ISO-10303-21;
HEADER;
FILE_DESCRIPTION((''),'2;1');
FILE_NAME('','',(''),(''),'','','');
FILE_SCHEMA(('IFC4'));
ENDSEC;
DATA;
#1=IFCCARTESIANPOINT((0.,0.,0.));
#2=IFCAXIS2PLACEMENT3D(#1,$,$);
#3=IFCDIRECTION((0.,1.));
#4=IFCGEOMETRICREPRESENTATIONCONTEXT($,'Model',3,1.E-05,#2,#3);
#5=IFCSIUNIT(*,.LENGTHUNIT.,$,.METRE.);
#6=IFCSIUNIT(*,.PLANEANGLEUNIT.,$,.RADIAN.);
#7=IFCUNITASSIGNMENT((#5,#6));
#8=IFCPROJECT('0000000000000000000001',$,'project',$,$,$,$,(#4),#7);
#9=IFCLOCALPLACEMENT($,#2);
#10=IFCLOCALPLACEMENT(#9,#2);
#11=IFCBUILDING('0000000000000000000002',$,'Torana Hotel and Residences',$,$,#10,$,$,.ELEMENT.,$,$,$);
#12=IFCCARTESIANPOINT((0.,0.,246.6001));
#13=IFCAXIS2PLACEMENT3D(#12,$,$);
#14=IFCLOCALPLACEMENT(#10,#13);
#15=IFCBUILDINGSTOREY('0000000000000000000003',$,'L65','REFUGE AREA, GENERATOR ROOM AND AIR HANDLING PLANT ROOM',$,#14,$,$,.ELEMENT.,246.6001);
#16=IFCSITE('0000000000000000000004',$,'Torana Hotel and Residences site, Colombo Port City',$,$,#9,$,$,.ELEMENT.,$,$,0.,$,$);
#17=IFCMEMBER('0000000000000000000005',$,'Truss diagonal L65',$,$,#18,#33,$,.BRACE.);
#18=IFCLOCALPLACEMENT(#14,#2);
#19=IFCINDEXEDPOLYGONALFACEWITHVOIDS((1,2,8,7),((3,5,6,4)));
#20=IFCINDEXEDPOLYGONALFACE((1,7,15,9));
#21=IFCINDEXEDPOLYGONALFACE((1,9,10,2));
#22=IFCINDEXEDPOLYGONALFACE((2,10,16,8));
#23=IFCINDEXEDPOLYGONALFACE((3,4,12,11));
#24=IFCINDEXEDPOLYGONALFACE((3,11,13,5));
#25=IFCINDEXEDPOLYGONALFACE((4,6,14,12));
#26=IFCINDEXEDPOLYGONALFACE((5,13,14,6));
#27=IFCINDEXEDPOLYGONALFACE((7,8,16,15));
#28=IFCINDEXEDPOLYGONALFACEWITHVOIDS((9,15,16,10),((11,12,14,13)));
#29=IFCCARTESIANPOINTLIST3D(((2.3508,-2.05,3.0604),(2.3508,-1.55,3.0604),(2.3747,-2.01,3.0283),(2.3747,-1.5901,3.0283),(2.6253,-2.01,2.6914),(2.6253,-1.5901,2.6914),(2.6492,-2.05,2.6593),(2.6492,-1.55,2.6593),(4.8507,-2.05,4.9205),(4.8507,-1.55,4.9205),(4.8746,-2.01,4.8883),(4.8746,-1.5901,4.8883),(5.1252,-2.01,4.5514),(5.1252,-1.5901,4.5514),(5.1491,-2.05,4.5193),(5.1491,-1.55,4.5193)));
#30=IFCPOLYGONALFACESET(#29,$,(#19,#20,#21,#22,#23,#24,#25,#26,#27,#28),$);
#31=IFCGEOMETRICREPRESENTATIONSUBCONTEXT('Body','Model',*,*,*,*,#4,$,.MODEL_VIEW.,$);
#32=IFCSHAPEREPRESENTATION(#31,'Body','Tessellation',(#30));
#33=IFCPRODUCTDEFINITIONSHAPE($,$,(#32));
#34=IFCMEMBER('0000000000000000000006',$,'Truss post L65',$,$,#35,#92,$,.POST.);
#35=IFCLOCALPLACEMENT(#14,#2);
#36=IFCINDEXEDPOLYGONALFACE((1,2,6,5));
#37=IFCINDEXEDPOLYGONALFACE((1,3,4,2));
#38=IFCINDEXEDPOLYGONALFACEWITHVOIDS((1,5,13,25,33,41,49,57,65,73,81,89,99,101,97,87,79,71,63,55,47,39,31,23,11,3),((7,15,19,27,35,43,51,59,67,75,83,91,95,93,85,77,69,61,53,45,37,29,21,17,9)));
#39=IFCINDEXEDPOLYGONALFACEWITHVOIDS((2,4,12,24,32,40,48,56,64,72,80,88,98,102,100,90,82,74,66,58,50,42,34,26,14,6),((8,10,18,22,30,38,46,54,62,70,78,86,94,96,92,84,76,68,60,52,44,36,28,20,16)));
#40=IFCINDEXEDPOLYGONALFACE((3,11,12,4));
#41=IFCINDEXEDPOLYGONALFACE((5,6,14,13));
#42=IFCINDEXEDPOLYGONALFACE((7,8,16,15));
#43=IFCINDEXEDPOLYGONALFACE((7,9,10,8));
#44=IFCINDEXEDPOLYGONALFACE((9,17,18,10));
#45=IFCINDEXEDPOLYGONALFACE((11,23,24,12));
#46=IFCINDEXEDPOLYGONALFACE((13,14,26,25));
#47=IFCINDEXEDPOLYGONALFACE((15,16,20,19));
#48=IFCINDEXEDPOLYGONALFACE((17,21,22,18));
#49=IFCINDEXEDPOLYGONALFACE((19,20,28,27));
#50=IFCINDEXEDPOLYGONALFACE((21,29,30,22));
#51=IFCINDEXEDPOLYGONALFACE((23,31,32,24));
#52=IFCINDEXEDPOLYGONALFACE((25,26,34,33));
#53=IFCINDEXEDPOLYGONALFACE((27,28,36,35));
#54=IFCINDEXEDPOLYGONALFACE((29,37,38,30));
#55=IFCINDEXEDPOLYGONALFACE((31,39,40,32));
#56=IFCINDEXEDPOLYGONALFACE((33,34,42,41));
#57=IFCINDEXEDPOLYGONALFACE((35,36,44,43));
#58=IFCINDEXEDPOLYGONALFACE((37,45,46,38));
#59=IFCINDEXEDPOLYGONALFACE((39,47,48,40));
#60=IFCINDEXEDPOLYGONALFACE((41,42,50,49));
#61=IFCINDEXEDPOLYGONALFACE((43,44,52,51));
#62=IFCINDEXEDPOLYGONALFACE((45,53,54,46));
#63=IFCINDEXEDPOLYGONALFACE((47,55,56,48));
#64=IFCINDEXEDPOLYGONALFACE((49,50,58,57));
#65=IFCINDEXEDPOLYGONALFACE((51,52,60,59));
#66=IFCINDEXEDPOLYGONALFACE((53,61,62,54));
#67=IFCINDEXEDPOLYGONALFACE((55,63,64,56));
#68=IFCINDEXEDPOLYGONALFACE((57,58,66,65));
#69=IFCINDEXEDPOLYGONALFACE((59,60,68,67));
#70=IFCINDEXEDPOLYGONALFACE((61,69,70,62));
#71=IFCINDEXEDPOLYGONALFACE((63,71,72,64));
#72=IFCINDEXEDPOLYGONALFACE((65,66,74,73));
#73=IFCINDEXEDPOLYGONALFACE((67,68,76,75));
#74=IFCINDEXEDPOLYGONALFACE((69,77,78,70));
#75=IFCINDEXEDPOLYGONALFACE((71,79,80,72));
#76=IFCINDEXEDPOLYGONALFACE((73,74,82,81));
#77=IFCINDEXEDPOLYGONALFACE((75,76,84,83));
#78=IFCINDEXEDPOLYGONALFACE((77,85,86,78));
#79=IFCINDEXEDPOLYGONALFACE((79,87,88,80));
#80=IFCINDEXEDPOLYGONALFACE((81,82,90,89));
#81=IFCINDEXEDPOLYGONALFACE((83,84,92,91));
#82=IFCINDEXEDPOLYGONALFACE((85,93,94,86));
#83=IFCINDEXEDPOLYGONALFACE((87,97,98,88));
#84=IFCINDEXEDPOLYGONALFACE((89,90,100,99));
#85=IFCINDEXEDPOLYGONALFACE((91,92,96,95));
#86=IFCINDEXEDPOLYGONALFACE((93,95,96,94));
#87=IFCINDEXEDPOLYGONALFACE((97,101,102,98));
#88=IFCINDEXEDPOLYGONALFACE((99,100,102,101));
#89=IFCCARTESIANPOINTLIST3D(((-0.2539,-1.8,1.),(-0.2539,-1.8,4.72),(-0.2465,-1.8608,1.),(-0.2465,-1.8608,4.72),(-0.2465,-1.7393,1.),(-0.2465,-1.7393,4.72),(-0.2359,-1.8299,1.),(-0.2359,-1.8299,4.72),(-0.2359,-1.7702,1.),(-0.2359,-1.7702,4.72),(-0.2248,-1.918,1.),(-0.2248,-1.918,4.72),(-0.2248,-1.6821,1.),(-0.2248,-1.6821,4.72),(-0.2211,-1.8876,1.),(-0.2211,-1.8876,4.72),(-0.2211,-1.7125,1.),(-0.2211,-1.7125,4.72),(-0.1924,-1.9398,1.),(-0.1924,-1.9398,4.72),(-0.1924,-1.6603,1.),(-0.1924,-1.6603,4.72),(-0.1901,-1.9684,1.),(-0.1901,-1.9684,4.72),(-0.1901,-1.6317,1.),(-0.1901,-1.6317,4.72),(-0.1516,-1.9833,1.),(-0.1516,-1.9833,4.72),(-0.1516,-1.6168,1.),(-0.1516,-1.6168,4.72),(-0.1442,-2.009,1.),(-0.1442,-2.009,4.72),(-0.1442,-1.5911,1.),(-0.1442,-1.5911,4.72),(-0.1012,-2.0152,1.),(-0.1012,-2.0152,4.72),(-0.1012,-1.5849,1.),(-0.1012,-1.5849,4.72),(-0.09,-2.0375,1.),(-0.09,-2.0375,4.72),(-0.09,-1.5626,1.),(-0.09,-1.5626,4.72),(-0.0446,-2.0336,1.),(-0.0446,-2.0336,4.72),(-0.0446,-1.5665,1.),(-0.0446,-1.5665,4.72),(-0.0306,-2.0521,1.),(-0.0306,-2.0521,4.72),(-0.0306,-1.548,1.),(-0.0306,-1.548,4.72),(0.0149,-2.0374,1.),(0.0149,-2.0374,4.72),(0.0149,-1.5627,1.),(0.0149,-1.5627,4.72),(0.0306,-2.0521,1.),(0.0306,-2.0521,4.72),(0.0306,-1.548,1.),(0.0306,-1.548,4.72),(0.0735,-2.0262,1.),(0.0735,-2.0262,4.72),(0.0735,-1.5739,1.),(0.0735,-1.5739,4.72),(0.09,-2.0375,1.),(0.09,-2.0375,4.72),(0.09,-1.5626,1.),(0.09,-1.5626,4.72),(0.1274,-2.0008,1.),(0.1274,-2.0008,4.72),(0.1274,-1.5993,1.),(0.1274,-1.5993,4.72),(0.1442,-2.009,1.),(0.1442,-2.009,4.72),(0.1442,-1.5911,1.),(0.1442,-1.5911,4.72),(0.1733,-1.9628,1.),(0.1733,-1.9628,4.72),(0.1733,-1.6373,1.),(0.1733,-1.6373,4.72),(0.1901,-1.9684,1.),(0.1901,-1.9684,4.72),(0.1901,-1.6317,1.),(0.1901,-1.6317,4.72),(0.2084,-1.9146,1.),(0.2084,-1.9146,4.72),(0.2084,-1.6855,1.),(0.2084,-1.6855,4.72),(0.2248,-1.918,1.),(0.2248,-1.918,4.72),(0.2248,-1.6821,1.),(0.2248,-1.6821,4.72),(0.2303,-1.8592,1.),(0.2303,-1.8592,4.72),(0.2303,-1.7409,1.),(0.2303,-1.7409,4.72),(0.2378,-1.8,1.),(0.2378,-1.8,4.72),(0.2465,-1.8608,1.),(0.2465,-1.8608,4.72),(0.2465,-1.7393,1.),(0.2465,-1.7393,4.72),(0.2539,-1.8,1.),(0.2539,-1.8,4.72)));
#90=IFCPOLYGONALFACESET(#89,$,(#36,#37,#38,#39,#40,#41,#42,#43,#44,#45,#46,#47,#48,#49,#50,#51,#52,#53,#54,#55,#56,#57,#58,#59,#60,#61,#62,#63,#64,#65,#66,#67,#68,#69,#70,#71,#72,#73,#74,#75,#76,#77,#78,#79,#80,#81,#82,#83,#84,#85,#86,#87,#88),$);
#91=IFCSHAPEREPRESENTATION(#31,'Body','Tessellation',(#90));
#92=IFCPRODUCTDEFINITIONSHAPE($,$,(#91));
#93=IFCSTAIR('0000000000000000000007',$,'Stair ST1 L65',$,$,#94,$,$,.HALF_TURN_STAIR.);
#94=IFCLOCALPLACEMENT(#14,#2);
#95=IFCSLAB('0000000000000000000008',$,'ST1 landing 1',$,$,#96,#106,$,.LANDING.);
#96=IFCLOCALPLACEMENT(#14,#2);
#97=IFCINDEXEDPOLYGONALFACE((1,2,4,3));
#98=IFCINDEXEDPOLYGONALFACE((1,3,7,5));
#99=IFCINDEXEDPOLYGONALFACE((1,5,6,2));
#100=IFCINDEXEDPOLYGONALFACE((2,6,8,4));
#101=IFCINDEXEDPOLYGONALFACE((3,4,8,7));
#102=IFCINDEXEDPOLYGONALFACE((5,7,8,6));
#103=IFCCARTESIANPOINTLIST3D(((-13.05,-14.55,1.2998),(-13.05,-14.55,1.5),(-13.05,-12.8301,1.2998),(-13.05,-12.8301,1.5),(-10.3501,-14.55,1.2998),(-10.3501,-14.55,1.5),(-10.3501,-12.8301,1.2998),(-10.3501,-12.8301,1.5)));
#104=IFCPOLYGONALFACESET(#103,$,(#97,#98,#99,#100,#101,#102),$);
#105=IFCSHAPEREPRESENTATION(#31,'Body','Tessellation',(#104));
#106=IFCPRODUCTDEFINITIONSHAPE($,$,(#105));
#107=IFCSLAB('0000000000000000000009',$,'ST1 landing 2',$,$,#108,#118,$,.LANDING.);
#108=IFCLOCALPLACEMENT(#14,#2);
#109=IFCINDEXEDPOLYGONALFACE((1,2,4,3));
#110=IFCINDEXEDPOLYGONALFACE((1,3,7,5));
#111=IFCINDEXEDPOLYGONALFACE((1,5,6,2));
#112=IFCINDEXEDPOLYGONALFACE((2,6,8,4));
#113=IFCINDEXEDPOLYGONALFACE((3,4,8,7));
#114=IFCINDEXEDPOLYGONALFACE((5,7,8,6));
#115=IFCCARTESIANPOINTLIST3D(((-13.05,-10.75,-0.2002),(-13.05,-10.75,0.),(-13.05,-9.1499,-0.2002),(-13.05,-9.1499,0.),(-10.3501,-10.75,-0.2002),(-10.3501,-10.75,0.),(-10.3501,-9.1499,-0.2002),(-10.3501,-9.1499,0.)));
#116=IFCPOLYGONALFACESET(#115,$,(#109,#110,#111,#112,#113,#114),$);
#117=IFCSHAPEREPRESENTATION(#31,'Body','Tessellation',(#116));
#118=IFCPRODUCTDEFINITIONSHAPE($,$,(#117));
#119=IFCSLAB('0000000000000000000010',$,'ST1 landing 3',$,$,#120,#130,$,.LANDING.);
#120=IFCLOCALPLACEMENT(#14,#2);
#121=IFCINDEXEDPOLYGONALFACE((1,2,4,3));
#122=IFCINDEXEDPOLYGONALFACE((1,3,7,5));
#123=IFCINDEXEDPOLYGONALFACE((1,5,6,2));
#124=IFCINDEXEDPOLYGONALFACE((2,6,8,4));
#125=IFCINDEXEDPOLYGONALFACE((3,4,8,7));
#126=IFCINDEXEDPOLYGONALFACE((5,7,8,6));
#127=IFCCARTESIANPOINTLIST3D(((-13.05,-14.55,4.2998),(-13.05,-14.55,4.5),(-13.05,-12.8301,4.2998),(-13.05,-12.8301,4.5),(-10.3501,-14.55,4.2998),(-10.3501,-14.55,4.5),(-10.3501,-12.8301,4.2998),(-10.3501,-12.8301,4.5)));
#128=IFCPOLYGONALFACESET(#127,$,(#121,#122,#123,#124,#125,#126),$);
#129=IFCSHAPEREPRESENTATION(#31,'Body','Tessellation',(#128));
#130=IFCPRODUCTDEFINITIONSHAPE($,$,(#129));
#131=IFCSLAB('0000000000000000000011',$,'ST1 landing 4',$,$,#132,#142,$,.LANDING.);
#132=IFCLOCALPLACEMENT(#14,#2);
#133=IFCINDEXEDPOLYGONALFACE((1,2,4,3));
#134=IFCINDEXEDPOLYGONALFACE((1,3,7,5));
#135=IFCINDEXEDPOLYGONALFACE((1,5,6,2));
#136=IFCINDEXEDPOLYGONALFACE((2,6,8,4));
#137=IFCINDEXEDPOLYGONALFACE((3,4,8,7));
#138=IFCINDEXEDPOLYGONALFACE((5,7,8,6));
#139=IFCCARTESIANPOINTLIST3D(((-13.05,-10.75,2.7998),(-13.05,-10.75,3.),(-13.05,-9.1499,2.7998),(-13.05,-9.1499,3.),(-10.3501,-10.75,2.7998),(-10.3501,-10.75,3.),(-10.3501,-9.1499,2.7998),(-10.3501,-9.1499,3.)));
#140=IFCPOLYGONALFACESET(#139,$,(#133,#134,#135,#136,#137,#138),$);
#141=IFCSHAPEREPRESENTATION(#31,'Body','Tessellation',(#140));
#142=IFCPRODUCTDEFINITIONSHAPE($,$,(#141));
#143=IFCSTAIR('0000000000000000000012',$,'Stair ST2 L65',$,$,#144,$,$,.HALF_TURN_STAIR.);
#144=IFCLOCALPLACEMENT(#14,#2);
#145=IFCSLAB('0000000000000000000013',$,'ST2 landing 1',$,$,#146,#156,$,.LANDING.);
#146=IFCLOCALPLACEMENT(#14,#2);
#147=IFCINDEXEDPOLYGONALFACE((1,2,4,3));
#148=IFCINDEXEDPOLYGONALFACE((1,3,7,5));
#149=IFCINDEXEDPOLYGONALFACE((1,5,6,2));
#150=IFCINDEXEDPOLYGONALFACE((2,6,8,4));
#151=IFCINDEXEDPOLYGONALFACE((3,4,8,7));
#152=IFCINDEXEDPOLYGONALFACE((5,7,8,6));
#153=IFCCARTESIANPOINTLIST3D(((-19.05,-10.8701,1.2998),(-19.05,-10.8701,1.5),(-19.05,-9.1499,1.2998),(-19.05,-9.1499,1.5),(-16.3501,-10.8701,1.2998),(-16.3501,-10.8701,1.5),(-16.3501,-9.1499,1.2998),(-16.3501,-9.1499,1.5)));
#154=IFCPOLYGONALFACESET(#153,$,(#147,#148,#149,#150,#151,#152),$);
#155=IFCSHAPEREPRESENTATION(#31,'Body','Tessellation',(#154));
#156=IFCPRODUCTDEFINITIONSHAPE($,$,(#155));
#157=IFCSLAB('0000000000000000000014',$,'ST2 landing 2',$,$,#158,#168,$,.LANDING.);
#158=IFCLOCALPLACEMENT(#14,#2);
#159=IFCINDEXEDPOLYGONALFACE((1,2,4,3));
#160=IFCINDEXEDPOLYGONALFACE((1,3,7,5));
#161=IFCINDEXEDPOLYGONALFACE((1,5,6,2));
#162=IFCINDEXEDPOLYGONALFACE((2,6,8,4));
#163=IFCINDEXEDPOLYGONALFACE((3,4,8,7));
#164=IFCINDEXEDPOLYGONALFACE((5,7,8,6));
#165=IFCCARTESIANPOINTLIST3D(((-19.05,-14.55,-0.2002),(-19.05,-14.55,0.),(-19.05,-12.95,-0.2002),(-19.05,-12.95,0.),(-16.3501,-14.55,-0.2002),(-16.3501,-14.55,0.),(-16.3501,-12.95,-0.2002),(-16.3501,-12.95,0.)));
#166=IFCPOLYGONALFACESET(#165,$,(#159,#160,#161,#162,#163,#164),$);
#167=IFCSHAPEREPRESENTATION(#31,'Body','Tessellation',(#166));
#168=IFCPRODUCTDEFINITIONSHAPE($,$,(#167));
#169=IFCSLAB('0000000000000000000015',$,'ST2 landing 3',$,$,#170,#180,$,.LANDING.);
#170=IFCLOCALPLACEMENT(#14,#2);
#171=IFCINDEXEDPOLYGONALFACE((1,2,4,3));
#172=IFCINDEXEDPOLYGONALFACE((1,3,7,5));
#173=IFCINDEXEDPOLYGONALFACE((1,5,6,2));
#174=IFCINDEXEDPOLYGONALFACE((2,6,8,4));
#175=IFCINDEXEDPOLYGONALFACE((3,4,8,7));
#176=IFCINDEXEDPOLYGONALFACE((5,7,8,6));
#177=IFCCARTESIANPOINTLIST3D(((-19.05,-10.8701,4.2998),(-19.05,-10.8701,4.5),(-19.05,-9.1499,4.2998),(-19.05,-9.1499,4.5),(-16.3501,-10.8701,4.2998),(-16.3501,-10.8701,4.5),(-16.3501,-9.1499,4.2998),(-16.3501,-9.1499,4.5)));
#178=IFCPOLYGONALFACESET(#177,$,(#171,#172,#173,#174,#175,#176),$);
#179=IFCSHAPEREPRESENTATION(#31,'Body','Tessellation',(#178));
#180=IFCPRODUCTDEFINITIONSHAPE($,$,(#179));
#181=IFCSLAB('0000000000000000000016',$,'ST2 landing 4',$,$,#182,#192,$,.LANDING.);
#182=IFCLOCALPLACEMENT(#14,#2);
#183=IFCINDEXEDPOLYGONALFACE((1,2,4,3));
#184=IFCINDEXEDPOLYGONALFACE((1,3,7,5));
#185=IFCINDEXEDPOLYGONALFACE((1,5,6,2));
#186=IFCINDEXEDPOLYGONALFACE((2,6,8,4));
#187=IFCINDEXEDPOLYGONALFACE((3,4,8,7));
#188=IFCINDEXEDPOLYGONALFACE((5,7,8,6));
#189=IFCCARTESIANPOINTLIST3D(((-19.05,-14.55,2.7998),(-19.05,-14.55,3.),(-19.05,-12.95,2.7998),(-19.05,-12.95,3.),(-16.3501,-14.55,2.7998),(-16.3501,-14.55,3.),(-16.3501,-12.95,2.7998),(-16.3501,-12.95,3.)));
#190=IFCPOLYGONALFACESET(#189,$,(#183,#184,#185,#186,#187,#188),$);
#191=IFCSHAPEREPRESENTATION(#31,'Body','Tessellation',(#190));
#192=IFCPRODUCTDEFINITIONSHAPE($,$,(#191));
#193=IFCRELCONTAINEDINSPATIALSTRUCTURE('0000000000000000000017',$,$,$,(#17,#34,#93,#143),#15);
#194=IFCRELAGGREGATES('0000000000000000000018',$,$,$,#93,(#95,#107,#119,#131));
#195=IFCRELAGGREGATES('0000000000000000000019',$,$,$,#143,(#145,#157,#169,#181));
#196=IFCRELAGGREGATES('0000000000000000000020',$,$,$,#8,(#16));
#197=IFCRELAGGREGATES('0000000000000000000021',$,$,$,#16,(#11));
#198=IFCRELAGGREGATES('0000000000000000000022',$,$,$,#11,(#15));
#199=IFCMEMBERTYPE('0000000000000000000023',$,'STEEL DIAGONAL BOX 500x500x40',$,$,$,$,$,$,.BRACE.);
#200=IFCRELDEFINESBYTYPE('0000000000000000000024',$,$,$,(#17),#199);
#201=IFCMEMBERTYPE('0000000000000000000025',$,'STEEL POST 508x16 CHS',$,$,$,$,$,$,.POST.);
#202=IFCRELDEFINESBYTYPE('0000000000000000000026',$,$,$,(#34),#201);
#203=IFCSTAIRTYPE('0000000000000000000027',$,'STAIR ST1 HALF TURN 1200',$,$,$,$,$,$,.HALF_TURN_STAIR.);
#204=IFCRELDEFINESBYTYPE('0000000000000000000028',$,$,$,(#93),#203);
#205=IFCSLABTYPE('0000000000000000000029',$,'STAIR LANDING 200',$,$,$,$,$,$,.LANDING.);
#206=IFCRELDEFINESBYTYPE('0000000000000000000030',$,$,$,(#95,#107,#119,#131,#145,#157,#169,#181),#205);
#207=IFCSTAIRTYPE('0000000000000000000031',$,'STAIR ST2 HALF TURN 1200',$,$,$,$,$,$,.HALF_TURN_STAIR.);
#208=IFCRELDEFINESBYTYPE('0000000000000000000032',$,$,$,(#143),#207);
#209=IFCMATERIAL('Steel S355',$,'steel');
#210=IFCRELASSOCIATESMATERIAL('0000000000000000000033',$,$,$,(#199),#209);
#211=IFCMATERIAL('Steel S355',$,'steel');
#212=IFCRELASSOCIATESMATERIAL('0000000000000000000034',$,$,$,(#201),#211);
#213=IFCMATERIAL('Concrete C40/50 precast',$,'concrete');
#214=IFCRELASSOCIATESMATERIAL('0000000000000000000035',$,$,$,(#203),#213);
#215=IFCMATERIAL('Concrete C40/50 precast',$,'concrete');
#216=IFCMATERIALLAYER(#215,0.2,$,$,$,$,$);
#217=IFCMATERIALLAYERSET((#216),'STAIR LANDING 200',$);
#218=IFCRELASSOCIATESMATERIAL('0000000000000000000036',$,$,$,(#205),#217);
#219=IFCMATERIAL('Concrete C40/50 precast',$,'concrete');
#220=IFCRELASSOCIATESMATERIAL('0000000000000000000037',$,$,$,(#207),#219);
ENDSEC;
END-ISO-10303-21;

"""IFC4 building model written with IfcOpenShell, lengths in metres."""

from ifc_helpers import new_model, si_unit, direction, frame, origin, origin_2d, place, context, subcontext, project, spatial, polyline, hollow_rectangle, hollow_circle, outline, extrude, material, layer, layer_set, material_profile, profile_set, type_object, element, aggregate, save


model = new_model("IFC4")

# Units and contexts
model_context = context("Model", 3, precision=1e-05, world=origin(), true_north=direction((0.0, 1.0)))
body_context = subcontext(model_context, "Body", "Model", "MODEL_VIEW")
ifc_project = project(units=[si_unit("LENGTHUNIT", "METRE"), si_unit("PLANEANGLEUNIT", "RADIAN")], contexts=[model_context])

# Site, building, storey
site_placement = place(None, origin())
site = spatial("IfcSite", under=ifc_project, at=site_placement, Name="Torana Hotel and Residences site, Colombo Port City", CompositionType="ELEMENT", RefElevation=0.0)
building_placement = place(site_placement, origin())
building = spatial("IfcBuilding", under=site, at=building_placement, Name="Torana Hotel and Residences", CompositionType="ELEMENT")
storey_placement = place(building_placement, frame((0.0, 0.0, 246.6001)))
storey = spatial("IfcBuildingStorey", under=building, at=storey_placement, Name="L65", Description="REFUGE AREA, GENERATOR ROOM AND AIR HANDLING PLANT ROOM", CompositionType="ELEMENT", Elevation=246.6001)

# Members
ifc_material_1 = material(Name="Steel S355", Category="steel")
ifc_material_profile_1 = material_profile(ifc_material_1, hollow_rectangle(XDim=0.5, YDim=0.5, WallThickness=0.04, at=origin_2d()), Name="BOX 500x500x40")
ifc_profile_set_1 = profile_set([ifc_material_profile_1], Name="Steel S355")
member_type_1 = type_object("IfcMemberType", Name="STEEL DIAGONAL BOX 500x500x40", PredefinedType="BRACE", material=ifc_profile_set_1)
member_1_placement = place(storey_placement, frame((2.5, -1.8, 2.8599), z_axis=(0.802288, 0.0, 0.596937), x_axis=(0.0, 1.0, 0.0)))
element("IfcMember", 1, at=member_1_placement, inside=storey, type_object=member_type_1, Name="Truss diagonal L65", PredefinedType="BRACE", context=body_context, shape_type="SweptSolid", body=[
    extrude(hollow_rectangle(XDim=0.5, YDim=0.5, WallThickness=0.04, at=origin_2d()), origin(), (0.0, 0.0, 1.0), 3.116),
])
ifc_material_2 = material(Name="Steel S355", Category="steel")
ifc_material_profile_2 = material_profile(ifc_material_2, hollow_circle(Radius=0.2539, WallThickness=0.0161, at=origin_2d()), Name="508x16 CHS")
ifc_profile_set_2 = profile_set([ifc_material_profile_2], Name="Steel S355")
member_type_2 = type_object("IfcMemberType", Name="STEEL POST 508x16 CHS", PredefinedType="POST", material=ifc_profile_set_2)
member_2_placement = place(storey_placement, frame((0.0, -1.8, 1.0), z_axis=(0.0, 0.0, 1.0), x_axis=(1.0, 0.0, 0.0)))
element("IfcMember", 2, at=member_2_placement, inside=storey, type_object=member_type_2, Name="Truss post L65", PredefinedType="POST", context=body_context, shape_type="SweptSolid", body=[
    extrude(hollow_circle(Radius=0.2539, WallThickness=0.0161, at=origin_2d()), origin(), (0.0, 0.0, 1.0), 3.72),
])

# Stairs, slabs
ifc_material_3 = material(Name="Concrete C40/50 precast", Category="concrete")
stair_type_1 = type_object("IfcStairType", Name="STAIR ST1 HALF TURN 1200", PredefinedType="HALF_TURN_STAIR", material=ifc_material_3)
stair_1_placement = place(storey_placement, origin())
stair_1 = element("IfcStair", 3, at=stair_1_placement, inside=storey, type_object=stair_type_1, Name="Stair ST1 L65", PredefinedType="HALF_TURN_STAIR")
ifc_material_4 = material(Name="Concrete C40/50 precast", Category="concrete")
ifc_layer_1 = layer(ifc_material_4, 0.2)
ifc_layer_set_1 = layer_set([ifc_layer_1], Name="STAIR LANDING 200")
slab_type_1 = type_object("IfcSlabType", Name="STAIR LANDING 200", PredefinedType="LANDING", material=ifc_layer_set_1)
slab_1_placement = place(storey_placement, frame((0.0, 0.0, 1.2998)))
slab_1 = element("IfcSlab", 4, at=slab_1_placement, type_object=slab_type_1, Name="ST1 landing 1", PredefinedType="LANDING", context=body_context, shape_type="SweptSolid", body=[
    extrude(outline(polyline([(-13.05, -14.55), (-10.3501, -14.55), (-10.3501, -12.8301), (-13.05, -12.8301), (-13.05, -14.55)])), origin(), (0.0, 0.0, 1.0), 0.2002),
])
slab_2_placement = place(storey_placement, frame((0.0, 0.0, -0.2002)))
slab_2 = element("IfcSlab", 5, at=slab_2_placement, type_object=slab_type_1, Name="ST1 landing 2", PredefinedType="LANDING", context=body_context, shape_type="SweptSolid", body=[
    extrude(outline(polyline([(-13.05, -10.75), (-10.3501, -10.75), (-10.3501, -9.1499), (-13.05, -9.1499), (-13.05, -10.75)])), origin(), (0.0, 0.0, 1.0), 0.2002),
])
slab_3_placement = place(storey_placement, frame((0.0, 0.0, 4.2998)))
slab_3 = element("IfcSlab", 6, at=slab_3_placement, type_object=slab_type_1, Name="ST1 landing 3", PredefinedType="LANDING", context=body_context, shape_type="SweptSolid", body=[
    extrude(outline(polyline([(-13.05, -14.55), (-10.3501, -14.55), (-10.3501, -12.8301), (-13.05, -12.8301), (-13.05, -14.55)])), origin(), (0.0, 0.0, 1.0), 0.2002),
])
slab_4_placement = place(storey_placement, frame((0.0, 0.0, 2.7998)))
slab_4 = element("IfcSlab", 7, at=slab_4_placement, type_object=slab_type_1, Name="ST1 landing 4", PredefinedType="LANDING", context=body_context, shape_type="SweptSolid", body=[
    extrude(outline(polyline([(-13.05, -10.75), (-10.3501, -10.75), (-10.3501, -9.1499), (-13.05, -9.1499), (-13.05, -10.75)])), origin(), (0.0, 0.0, 1.0), 0.2002),
])
aggregate(stair_1, [slab_1, slab_2, slab_3, slab_4])
ifc_material_5 = material(Name="Concrete C40/50 precast", Category="concrete")
stair_type_2 = type_object("IfcStairType", Name="STAIR ST2 HALF TURN 1200", PredefinedType="HALF_TURN_STAIR", material=ifc_material_5)
stair_2_placement = place(storey_placement, origin())
stair_2 = element("IfcStair", 8, at=stair_2_placement, inside=storey, type_object=stair_type_2, Name="Stair ST2 L65", PredefinedType="HALF_TURN_STAIR")
slab_5_placement = place(storey_placement, frame((0.0, 0.0, 1.2998)))
slab_5 = element("IfcSlab", 9, at=slab_5_placement, type_object=slab_type_1, Name="ST2 landing 1", PredefinedType="LANDING", context=body_context, shape_type="SweptSolid", body=[
    extrude(outline(polyline([(-19.05, -10.8701), (-16.3501, -10.8701), (-16.3501, -9.1499), (-19.05, -9.1499), (-19.05, -10.8701)])), origin(), (0.0, 0.0, 1.0), 0.2002),
])
slab_6_placement = place(storey_placement, frame((0.0, 0.0, -0.2002)))
slab_6 = element("IfcSlab", 10, at=slab_6_placement, type_object=slab_type_1, Name="ST2 landing 2", PredefinedType="LANDING", context=body_context, shape_type="SweptSolid", body=[
    extrude(outline(polyline([(-19.05, -14.55), (-16.3501, -14.55), (-16.3501, -12.95), (-19.05, -12.95), (-19.05, -14.55)])), origin(), (0.0, 0.0, 1.0), 0.2002),
])
slab_7_placement = place(storey_placement, frame((0.0, 0.0, 4.2998)))
slab_7 = element("IfcSlab", 11, at=slab_7_placement, type_object=slab_type_1, Name="ST2 landing 3", PredefinedType="LANDING", context=body_context, shape_type="SweptSolid", body=[
    extrude(outline(polyline([(-19.05, -10.8701), (-16.3501, -10.8701), (-16.3501, -9.1499), (-19.05, -9.1499), (-19.05, -10.8701)])), origin(), (0.0, 0.0, 1.0), 0.2002),
])
slab_8_placement = place(storey_placement, frame((0.0, 0.0, 2.7998)))
slab_8 = element("IfcSlab", 12, at=slab_8_placement, type_object=slab_type_1, Name="ST2 landing 4", PredefinedType="LANDING", context=body_context, shape_type="SweptSolid", body=[
    extrude(outline(polyline([(-19.05, -14.55), (-16.3501, -14.55), (-16.3501, -12.95), (-19.05, -12.95), (-19.05, -14.55)])), origin(), (0.0, 0.0, 1.0), 0.2002),
])
aggregate(stair_2, [slab_5, slab_6, slab_7, slab_8])

save(model, "model.ifc")
